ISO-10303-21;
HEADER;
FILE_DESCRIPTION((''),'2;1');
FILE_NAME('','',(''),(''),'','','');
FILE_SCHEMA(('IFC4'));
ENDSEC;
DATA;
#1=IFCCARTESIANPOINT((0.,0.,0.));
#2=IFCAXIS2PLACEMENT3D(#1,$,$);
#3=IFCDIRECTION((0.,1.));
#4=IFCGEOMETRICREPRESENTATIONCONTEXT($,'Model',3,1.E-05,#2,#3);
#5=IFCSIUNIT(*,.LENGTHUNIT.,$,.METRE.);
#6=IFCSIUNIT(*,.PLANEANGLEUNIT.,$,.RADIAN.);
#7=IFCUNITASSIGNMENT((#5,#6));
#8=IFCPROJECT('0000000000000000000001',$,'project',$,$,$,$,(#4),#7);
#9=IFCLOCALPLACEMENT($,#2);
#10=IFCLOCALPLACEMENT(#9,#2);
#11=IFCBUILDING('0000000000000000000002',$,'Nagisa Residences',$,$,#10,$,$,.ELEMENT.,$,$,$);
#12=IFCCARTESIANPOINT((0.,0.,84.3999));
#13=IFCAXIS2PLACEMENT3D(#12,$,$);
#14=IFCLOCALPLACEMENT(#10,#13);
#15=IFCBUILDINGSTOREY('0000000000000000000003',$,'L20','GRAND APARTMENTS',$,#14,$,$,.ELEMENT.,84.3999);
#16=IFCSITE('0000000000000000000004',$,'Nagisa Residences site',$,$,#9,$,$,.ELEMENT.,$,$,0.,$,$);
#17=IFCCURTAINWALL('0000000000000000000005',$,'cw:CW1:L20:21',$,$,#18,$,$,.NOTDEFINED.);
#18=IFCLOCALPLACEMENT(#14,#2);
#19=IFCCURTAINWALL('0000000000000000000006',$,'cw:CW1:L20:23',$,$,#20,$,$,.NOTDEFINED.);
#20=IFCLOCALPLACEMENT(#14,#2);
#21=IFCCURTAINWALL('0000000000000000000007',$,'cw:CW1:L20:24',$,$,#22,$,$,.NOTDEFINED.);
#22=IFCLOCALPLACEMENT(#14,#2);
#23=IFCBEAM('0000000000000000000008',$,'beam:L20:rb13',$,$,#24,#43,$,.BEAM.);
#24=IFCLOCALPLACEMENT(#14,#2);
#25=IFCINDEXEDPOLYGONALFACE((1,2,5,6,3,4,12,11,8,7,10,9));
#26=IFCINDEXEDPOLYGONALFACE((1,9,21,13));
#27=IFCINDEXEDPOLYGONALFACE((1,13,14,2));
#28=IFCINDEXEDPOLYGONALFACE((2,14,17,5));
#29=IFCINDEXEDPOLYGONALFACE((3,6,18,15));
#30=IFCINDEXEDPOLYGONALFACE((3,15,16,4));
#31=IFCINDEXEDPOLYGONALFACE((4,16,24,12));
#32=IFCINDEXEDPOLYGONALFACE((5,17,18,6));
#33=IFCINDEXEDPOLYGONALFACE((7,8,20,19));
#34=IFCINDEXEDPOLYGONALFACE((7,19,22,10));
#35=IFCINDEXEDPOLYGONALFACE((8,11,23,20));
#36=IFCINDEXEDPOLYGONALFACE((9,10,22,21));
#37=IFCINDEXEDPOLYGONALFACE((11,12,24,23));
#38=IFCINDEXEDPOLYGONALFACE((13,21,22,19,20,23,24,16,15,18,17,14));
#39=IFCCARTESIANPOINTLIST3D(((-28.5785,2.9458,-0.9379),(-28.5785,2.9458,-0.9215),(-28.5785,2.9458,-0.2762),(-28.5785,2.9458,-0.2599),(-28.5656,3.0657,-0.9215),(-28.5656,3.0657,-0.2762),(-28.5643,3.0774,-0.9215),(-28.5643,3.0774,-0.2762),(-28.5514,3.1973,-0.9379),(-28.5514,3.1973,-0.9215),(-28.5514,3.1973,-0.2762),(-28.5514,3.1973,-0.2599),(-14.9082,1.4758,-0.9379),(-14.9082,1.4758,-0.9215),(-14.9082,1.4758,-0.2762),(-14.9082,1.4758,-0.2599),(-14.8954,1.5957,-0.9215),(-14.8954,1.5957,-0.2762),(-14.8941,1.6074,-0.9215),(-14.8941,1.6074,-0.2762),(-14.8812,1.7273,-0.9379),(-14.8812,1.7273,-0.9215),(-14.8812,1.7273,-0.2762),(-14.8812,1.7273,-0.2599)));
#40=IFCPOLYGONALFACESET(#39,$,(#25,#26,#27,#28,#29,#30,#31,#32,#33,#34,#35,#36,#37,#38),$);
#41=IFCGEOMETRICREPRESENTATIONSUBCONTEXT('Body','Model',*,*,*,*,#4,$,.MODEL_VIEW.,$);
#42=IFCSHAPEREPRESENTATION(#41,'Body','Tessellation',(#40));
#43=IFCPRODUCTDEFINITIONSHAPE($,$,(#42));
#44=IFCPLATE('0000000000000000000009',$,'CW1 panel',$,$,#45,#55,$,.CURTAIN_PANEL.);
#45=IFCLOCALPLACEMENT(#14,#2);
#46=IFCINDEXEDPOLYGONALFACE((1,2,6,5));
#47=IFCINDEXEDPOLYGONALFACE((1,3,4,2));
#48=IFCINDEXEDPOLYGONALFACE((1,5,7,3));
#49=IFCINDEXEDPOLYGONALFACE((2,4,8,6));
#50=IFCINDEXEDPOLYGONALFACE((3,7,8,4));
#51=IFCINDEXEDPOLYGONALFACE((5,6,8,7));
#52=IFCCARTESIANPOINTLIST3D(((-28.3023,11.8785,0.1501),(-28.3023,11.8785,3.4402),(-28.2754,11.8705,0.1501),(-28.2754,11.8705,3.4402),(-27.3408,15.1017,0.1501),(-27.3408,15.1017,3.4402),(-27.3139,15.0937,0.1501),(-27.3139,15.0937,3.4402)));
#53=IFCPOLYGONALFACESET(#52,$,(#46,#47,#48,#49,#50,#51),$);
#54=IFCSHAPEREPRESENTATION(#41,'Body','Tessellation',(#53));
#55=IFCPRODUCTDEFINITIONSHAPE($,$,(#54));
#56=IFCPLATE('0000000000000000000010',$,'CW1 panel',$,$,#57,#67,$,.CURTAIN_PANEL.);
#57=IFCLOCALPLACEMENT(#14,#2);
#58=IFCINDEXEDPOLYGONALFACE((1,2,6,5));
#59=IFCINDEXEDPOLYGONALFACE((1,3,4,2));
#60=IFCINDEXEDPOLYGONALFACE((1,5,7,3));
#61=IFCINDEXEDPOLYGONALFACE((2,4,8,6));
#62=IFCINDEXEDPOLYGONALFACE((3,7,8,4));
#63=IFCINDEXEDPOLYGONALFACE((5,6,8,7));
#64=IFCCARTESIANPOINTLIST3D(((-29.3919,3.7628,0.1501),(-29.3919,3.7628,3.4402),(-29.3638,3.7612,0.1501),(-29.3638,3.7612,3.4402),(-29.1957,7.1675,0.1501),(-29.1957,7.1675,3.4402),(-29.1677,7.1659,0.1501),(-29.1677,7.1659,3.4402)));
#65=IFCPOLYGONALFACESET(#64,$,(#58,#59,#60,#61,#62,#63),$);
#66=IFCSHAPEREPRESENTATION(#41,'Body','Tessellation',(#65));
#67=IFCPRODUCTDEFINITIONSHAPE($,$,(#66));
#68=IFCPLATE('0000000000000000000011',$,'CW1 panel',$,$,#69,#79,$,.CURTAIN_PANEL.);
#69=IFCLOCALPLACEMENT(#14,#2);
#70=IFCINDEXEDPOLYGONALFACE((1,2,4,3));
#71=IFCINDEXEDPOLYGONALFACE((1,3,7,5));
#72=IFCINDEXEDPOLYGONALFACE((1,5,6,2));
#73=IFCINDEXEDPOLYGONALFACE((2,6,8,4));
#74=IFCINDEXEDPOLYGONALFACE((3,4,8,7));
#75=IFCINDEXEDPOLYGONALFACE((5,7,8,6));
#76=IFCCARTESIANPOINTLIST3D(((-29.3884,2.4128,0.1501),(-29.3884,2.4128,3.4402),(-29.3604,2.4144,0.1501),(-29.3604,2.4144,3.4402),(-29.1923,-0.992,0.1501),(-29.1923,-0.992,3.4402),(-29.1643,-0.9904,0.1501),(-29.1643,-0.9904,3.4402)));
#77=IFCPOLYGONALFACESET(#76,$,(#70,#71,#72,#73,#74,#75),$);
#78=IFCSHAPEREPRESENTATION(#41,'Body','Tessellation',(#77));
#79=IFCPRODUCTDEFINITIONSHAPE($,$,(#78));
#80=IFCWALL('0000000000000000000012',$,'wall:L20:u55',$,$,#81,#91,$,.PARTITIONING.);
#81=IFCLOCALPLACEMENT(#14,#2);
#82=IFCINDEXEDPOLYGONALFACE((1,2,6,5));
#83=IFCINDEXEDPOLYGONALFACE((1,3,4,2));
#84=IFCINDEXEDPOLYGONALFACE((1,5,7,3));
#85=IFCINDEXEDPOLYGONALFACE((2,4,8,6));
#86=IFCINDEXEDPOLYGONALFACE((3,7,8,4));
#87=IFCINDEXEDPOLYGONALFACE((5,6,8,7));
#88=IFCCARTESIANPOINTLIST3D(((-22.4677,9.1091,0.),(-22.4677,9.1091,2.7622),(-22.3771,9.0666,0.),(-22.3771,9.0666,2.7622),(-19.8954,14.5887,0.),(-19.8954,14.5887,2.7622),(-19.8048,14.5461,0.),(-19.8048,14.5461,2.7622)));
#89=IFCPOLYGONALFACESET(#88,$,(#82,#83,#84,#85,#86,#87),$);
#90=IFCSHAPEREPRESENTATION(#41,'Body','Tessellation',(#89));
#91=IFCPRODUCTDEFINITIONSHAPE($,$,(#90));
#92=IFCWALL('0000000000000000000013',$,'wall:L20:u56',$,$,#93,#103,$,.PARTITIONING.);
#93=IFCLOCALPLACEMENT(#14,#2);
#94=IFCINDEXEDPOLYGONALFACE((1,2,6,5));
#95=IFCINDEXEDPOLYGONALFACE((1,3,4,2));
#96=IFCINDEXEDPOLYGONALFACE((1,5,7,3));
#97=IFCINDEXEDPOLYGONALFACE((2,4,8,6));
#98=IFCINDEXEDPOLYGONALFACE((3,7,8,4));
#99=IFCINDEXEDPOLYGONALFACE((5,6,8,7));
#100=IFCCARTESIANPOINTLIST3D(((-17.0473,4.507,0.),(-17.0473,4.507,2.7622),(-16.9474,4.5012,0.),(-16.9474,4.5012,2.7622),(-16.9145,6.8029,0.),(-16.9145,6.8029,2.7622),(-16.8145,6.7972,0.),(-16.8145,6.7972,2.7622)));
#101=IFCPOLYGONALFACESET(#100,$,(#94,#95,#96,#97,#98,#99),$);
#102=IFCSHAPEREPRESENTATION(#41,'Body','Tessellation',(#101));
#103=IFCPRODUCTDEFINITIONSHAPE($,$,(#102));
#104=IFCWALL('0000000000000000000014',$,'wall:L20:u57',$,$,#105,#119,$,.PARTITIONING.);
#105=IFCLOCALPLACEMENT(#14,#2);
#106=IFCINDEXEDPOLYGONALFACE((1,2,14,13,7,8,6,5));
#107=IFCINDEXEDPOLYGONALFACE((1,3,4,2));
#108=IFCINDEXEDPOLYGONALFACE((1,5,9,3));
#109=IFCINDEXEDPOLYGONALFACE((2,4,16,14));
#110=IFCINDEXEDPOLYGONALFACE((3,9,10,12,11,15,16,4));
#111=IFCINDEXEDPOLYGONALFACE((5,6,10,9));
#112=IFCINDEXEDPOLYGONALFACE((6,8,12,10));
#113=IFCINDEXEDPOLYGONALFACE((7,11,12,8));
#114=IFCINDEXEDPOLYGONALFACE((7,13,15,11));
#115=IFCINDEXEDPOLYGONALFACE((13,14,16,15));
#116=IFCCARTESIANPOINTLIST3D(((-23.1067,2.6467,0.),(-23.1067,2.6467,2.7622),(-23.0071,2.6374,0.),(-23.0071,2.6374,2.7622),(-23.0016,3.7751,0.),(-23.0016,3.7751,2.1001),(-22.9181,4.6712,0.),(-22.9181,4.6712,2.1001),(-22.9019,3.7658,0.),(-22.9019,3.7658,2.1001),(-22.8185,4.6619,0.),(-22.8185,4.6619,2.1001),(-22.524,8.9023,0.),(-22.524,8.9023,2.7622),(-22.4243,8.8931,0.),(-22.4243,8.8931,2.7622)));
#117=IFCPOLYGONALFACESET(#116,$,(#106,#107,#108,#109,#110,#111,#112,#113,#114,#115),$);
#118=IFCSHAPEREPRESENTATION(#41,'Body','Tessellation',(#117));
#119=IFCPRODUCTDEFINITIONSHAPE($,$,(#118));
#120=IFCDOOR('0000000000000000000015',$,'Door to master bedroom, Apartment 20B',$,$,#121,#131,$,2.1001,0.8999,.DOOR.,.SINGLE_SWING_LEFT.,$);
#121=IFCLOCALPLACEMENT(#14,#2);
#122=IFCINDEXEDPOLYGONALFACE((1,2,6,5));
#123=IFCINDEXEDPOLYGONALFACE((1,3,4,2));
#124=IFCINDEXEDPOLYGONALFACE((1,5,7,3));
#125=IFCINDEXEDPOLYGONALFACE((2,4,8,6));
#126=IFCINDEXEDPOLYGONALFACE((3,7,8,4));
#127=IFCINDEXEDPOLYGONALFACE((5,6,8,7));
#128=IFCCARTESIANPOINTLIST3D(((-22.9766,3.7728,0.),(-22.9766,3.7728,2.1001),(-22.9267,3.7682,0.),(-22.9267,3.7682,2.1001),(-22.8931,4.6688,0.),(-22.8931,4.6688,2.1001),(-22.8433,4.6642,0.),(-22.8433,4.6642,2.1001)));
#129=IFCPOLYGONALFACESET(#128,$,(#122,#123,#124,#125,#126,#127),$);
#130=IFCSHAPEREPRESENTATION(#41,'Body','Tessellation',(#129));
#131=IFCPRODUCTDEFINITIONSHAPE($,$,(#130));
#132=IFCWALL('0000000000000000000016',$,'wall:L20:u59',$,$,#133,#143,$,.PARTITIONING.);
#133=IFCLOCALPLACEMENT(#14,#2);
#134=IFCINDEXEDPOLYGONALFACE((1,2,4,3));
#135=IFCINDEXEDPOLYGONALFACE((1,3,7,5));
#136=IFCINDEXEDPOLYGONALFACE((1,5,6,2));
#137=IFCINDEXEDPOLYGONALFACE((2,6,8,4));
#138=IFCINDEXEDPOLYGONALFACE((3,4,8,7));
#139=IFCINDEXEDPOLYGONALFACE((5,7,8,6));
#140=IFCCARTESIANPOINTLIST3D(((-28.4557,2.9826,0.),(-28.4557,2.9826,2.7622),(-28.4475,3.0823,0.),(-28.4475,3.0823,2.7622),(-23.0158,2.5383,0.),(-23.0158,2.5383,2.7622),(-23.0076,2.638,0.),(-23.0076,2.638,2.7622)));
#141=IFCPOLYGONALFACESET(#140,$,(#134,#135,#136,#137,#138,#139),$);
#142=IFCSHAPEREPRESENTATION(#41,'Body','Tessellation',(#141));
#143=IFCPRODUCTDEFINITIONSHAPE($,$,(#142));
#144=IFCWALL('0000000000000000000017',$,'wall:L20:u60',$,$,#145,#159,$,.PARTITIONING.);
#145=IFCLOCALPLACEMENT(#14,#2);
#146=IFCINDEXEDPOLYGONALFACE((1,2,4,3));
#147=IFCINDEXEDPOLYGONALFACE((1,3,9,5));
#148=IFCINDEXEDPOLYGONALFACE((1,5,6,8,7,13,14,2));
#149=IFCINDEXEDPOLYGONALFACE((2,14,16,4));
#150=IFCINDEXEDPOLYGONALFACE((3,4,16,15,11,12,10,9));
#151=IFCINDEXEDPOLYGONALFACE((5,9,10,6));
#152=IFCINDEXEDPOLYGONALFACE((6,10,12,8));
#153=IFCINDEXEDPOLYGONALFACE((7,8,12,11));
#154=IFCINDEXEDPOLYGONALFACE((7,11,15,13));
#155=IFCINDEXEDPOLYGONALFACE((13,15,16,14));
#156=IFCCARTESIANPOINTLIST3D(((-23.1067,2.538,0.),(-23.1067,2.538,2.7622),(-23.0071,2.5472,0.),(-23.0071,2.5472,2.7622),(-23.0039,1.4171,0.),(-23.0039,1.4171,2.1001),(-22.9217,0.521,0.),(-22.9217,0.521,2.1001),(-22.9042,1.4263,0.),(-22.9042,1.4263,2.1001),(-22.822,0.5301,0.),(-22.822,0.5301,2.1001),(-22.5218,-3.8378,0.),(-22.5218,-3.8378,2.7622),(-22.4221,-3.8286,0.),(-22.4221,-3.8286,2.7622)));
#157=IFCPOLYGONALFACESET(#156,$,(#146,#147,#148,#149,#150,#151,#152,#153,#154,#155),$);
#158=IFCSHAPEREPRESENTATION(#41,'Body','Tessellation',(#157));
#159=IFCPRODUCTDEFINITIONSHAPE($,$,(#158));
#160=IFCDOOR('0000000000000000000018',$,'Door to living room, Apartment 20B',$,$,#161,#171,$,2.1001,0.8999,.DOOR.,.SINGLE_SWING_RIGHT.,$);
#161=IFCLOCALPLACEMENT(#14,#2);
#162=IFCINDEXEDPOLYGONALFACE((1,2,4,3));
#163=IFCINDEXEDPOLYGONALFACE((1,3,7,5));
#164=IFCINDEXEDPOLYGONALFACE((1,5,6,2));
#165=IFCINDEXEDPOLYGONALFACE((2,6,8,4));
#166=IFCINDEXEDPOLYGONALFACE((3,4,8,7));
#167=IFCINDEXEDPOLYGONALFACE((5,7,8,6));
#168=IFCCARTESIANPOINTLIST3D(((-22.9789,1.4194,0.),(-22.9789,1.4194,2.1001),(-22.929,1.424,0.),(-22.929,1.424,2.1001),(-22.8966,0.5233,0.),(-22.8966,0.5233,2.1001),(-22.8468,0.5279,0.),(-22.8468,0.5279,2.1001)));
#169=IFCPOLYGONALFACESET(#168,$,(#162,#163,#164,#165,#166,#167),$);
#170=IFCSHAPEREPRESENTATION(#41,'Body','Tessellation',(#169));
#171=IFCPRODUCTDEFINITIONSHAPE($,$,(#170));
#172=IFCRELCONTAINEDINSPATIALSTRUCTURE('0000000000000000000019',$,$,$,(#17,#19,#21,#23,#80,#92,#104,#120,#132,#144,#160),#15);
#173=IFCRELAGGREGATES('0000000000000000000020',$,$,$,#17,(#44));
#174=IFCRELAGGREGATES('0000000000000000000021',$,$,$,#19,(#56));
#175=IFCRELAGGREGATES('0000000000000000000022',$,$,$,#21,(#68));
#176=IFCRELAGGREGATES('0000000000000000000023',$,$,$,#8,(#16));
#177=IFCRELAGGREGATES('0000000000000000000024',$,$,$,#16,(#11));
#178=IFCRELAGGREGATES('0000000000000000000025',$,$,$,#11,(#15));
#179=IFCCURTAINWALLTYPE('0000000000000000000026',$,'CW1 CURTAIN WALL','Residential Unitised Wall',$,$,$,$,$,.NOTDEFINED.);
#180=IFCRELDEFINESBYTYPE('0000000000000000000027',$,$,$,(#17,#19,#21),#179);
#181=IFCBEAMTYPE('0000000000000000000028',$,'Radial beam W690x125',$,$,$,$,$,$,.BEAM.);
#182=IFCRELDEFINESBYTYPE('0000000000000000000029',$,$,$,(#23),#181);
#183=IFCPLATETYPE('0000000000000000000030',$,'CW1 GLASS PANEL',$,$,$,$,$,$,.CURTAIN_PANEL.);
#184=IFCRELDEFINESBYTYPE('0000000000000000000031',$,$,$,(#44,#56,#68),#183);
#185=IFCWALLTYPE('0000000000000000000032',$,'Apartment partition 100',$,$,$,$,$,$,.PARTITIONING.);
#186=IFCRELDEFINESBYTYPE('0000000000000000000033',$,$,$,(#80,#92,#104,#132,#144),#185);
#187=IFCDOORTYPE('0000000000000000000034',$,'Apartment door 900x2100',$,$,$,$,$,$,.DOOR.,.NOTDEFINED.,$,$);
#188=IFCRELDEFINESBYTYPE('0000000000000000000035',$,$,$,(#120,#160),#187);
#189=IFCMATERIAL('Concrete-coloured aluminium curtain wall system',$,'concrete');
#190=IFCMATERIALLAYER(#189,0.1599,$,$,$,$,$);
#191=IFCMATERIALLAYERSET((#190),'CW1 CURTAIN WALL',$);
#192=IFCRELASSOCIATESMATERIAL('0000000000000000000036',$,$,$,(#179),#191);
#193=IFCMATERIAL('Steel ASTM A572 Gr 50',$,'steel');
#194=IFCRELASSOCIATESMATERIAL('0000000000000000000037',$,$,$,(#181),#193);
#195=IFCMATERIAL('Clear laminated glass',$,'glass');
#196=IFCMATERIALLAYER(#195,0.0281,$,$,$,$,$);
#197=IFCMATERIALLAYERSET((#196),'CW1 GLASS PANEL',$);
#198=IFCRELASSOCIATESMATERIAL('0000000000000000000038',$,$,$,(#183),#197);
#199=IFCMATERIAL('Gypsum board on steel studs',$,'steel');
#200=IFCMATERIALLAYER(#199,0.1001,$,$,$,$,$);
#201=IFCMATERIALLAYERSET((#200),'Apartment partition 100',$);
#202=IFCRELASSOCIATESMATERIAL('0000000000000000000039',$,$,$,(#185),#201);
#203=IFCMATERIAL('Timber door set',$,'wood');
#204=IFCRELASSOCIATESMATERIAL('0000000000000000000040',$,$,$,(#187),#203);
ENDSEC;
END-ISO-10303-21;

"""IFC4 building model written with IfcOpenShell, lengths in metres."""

from ifc_helpers import new_model, si_unit, direction, frame, frame_2d, origin, origin_2d, place, context, subcontext, project, spatial, rectangle, i_section, extrude, material, layer, layer_set, material_profile, profile_set, type_object, element, fill, aggregate, save


model = new_model("IFC4")

# Units and contexts
model_context = context("Model", 3, precision=1e-05, world=origin(), true_north=direction((0.0, 1.0)))
body_context = subcontext(model_context, "Body", "Model", "MODEL_VIEW")
ifc_project = project(units=[si_unit("LENGTHUNIT", "METRE"), si_unit("PLANEANGLEUNIT", "RADIAN")], contexts=[model_context])

# Site, building, storey
site_placement = place(None, origin())
site = spatial("IfcSite", under=ifc_project, at=site_placement, Name="Nagisa Residences site", CompositionType="ELEMENT", RefElevation=0.0)
building_placement = place(site_placement, origin())
building = spatial("IfcBuilding", under=site, at=building_placement, Name="Nagisa Residences", CompositionType="ELEMENT")
storey_placement = place(building_placement, frame((0.0, 0.0, 84.3999)))
storey = spatial("IfcBuildingStorey", under=building, at=storey_placement, Name="L20", Description="GRAND APARTMENTS", CompositionType="ELEMENT", Elevation=84.3999)

# Curtain walls
ifc_material_1 = material(Name="Concrete-coloured aluminium curtain wall system", Category="concrete")
ifc_layer_1 = layer(ifc_material_1, 0.1599)
ifc_layer_set_1 = layer_set([ifc_layer_1], Name="CW1 CURTAIN WALL")
curtain_wall_type = type_object("IfcCurtainWallType", Name="CW1 CURTAIN WALL", Description="Residential Unitised Wall", PredefinedType="NOTDEFINED", material=ifc_layer_set_1)
curtain_wall_1_placement = place(storey_placement, origin())
curtain_wall_1 = element("IfcCurtainWall", 1, at=curtain_wall_1_placement, inside=storey, type_object=curtain_wall_type, Name="cw:CW1:L20:21", PredefinedType="NOTDEFINED")
curtain_wall_2_placement = place(storey_placement, origin())
curtain_wall_2 = element("IfcCurtainWall", 2, at=curtain_wall_2_placement, inside=storey, type_object=curtain_wall_type, Name="cw:CW1:L20:23", PredefinedType="NOTDEFINED")
curtain_wall_3_placement = place(storey_placement, origin())
curtain_wall_3 = element("IfcCurtainWall", 3, at=curtain_wall_3_placement, inside=storey, type_object=curtain_wall_type, Name="cw:CW1:L20:24", PredefinedType="NOTDEFINED")

# Beam
ifc_material_2 = material(Name="Steel ASTM A572 Gr 50", Category="steel")
ifc_material_profile_1 = material_profile(ifc_material_2, i_section(OverallWidth=0.2529, OverallDepth=0.678, WebThickness=0.0117, FlangeThickness=0.0164, at=origin_2d()), Name="W690x125")
ifc_profile_set_1 = profile_set([ifc_material_profile_1], Name="Steel ASTM A572 Gr 50")
beam_type_1 = type_object("IfcBeamType", Name="Radial beam W690x125", PredefinedType="BEAM", material=ifc_profile_set_1)
beam_1_placement = place(storey_placement, frame((-28.5649, 3.0715, -0.5989), z_axis=(0.994268, -0.106915, 0.0), x_axis=(0.106915, 0.994268, 0.0)))
element("IfcBeam", 4, at=beam_1_placement, inside=storey, type_object=beam_type_1, Name="beam:L20:rb13", PredefinedType="BEAM", context=body_context, shape_type="SweptSolid", body=[
    extrude(i_section(OverallWidth=0.2529, OverallDepth=0.678, WebThickness=0.0117, FlangeThickness=0.0164, at=origin_2d()), origin(), (0.0, 0.0, 1.0), 13.749),
])

# Plates
ifc_material_3 = material(Name="Clear laminated glass", Category="glass")
ifc_layer_2 = layer(ifc_material_3, 0.0281)
ifc_layer_set_2 = layer_set([ifc_layer_2], Name="CW1 GLASS PANEL")
plate_type = type_object("IfcPlateType", Name="CW1 GLASS PANEL", PredefinedType="CURTAIN_PANEL", material=ifc_layer_set_2)
plate_1_placement = place(storey_placement, frame((-27.8081, 13.4861, 0.1501), z_axis=(0.0, 0.0, 1.0), x_axis=(-0.28586, -0.958271, 0.0)))
plate_1 = element("IfcPlate", 5, at=plate_1_placement, type_object=plate_type, Name="CW1 panel", PredefinedType="CURTAIN_PANEL", context=body_context, shape_type="SweptSolid", body=[
    extrude(rectangle(XDim=3.3635, YDim=0.0281, at=origin_2d()), origin(), (0.0, 0.0, 1.0), 3.29),
])
aggregate(curtain_wall_1, [plate_1])
plate_2_placement = place(storey_placement, frame((-29.2798, 5.4644, 0.1501), z_axis=(0.0, 0.0, 1.0), x_axis=(-0.057503, -0.998345, 0.0)))
plate_2 = element("IfcPlate", 6, at=plate_2_placement, type_object=plate_type, Name="CW1 panel", PredefinedType="CURTAIN_PANEL", context=body_context, shape_type="SweptSolid", body=[
    extrude(rectangle(XDim=3.4104, YDim=0.0281, at=origin_2d()), origin(), (0.0, 0.0, 1.0), 3.29),
])
aggregate(curtain_wall_2, [plate_2])
plate_3_placement = place(storey_placement, frame((-29.2764, 0.7112, 0.1501), z_axis=(0.0, 0.0, 1.0), x_axis=(0.057503, -0.998345, 0.0)))
plate_3 = element("IfcPlate", 7, at=plate_3_placement, type_object=plate_type, Name="CW1 panel", PredefinedType="CURTAIN_PANEL", context=body_context, shape_type="SweptSolid", body=[
    extrude(rectangle(XDim=3.4104, YDim=0.0281, at=origin_2d()), origin(), (0.0, 0.0, 1.0), 3.29),
])
aggregate(curtain_wall_3, [plate_3])

# Walls
ifc_material_4 = material(Name="Gypsum board on steel studs", Category="steel")
ifc_layer_3 = layer(ifc_material_4, 0.1001)
ifc_layer_set_3 = layer_set([ifc_layer_3], Name="Apartment partition 100")
wall_type_1 = type_object("IfcWallType", Name="Apartment partition 100", PredefinedType="PARTITIONING", material=ifc_layer_set_3)
wall_1_placement = place(storey_placement, frame((-19.8501, 14.5674, 0.0), z_axis=(0.0, 0.0, 1.0), x_axis=(-0.424942, -0.90522, 0.0)))
element("IfcWall", 8, at=wall_1_placement, inside=storey, type_object=wall_type_1, Name="wall:L20:u55", PredefinedType="PARTITIONING", context=body_context, shape_type="SweptSolid", body=[
    extrude(rectangle(XDim=6.0532, YDim=0.1001, at=frame_2d((3.0266, 0.0))), origin(), (0.0, 0.0, 1.0), 2.7622),
])
wall_2_placement = place(storey_placement, frame((-16.8645, 6.8, 0.0), z_axis=(0.0, 0.0, 1.0), x_axis=(-0.057751, -0.998331, 0.0)))
element("IfcWall", 9, at=wall_2_placement, inside=storey, type_object=wall_type_1, Name="wall:L20:u56", PredefinedType="PARTITIONING", context=body_context, shape_type="SweptSolid", body=[
    extrude(rectangle(XDim=2.2998, YDim=0.1001, at=frame_2d((1.1499, 0.0))), origin(), (0.0, 0.0, 1.0), 2.7622),
])

# Wall, opening, door
wall_3_placement = place(storey_placement, frame((-22.4741, 8.8977, 0.0), z_axis=(0.0, 0.0, 1.0), x_axis=(-0.092757, -0.995689, 0.0)))
wall_3 = element("IfcWall", 10, at=wall_3_placement, inside=storey, type_object=wall_type_1, Name="wall:L20:u57", PredefinedType="PARTITIONING", context=body_context, shape_type="SweptSolid", body=[
    extrude(rectangle(XDim=6.2827, YDim=0.1001, at=frame_2d((3.1414, 0.0))), origin(), (0.0, 0.0, 1.0), 2.7622),
])
opening_1_placement = place(wall_3_placement, frame((4.2495, 0.0, 0.0)))
opening_1 = element("IfcOpeningElement", 11, at=opening_1_placement, cuts=wall_3, PredefinedType="OPENING", context=body_context, shape_type="SweptSolid", body=[
    extrude(rectangle(XDim=0.8999, YDim=2.1001, at=frame_2d((0.45, 1.05))), frame((0.0, 0.0601, 0.0), z_axis=(0.0, -1.0, 0.0), x_axis=(1.0, 0.0, 0.0)), (0.0, 0.0, 1.0), 0.1201),
])
ifc_material_5 = material(Name="Timber door set", Category="wood")
door_type_1 = type_object("IfcDoorType", Name="Apartment door 900x2100", OperationType="NOTDEFINED", PredefinedType="DOOR", material=ifc_material_5)
door_1_placement = place(opening_1_placement, frame((0.8999, 0.0, 0.0), x_axis=(-1.0, 0.0, 0.0)))
door_1 = element("IfcDoor", 12, at=door_1_placement, inside=storey, type_object=door_type_1, Name="Door to master bedroom, Apartment 20B", OperationType="SINGLE_SWING_LEFT", OverallHeight=2.1001, OverallWidth=0.8999, PredefinedType="DOOR", context=body_context, shape_type="SweptSolid", body=[
    extrude(rectangle(XDim=0.8999, YDim=2.1001, at=frame_2d((0.45, 1.05))), frame((0.0, 0.0249, 0.0), z_axis=(0.0, -1.0, 0.0), x_axis=(1.0, 0.0, 0.0)), (0.0, 0.0, 1.0), 0.05),
])
fill(opening_1, door_1)

# Wall
wall_4_placement = place(storey_placement, frame((-23.0117, 2.5881, 0.0), z_axis=(0.0, 0.0, 1.0), x_axis=(-0.996681, 0.081409, 0.0)))
element("IfcWall", 13, at=wall_4_placement, inside=storey, type_object=wall_type_1, Name="wall:L20:u59", PredefinedType="PARTITIONING", context=body_context, shape_type="SweptSolid", body=[
    extrude(rectangle(XDim=5.458, YDim=0.1001, at=frame_2d((2.729, 0.0))), origin(), (0.0, 0.0, 1.0), 2.7622),
])

# Wall, opening, door
wall_5_placement = place(storey_placement, frame((-23.0569, 2.5425, 0.0), z_axis=(0.0, 0.0, 1.0), x_axis=(0.091364, -0.995818, 0.0)))
wall_5 = element("IfcWall", 14, at=wall_5_placement, inside=storey, type_object=wall_type_1, Name="wall:L20:u60", PredefinedType="PARTITIONING", context=body_context, shape_type="SweptSolid", body=[
    extrude(rectangle(XDim=6.4026, YDim=0.1001, at=frame_2d((3.2012, 0.0))), origin(), (0.0, 0.0, 1.0), 2.7622),
])
opening_2_placement = place(wall_5_placement, frame((1.1255, 0.0, 0.0)))
opening_2 = element("IfcOpeningElement", 15, at=opening_2_placement, cuts=wall_5, PredefinedType="OPENING", context=body_context, shape_type="SweptSolid", body=[
    extrude(rectangle(XDim=0.8999, YDim=2.1001, at=frame_2d((0.45, 1.05))), frame((0.0, 0.0601, 0.0), z_axis=(0.0, -1.0, 0.0), x_axis=(1.0, 0.0, 0.0)), (0.0, 0.0, 1.0), 0.1201),
])
door_2_placement = place(opening_2_placement, frame((0.8999, 0.0, 0.0), x_axis=(-1.0, 0.0, 0.0)))
door_2 = element("IfcDoor", 16, at=door_2_placement, inside=storey, type_object=door_type_1, Name="Door to living room, Apartment 20B", OperationType="SINGLE_SWING_RIGHT", OverallHeight=2.1001, OverallWidth=0.8999, PredefinedType="DOOR", context=body_context, shape_type="SweptSolid", body=[
    extrude(rectangle(XDim=0.8999, YDim=2.1001, at=frame_2d((0.45, 1.05))), frame((0.0, 0.0249, 0.0), z_axis=(0.0, -1.0, 0.0), x_axis=(1.0, 0.0, 0.0)), (0.0, 0.0, 1.0), 0.05),
])
fill(opening_2, door_2)

save(model, "model.ifc")
